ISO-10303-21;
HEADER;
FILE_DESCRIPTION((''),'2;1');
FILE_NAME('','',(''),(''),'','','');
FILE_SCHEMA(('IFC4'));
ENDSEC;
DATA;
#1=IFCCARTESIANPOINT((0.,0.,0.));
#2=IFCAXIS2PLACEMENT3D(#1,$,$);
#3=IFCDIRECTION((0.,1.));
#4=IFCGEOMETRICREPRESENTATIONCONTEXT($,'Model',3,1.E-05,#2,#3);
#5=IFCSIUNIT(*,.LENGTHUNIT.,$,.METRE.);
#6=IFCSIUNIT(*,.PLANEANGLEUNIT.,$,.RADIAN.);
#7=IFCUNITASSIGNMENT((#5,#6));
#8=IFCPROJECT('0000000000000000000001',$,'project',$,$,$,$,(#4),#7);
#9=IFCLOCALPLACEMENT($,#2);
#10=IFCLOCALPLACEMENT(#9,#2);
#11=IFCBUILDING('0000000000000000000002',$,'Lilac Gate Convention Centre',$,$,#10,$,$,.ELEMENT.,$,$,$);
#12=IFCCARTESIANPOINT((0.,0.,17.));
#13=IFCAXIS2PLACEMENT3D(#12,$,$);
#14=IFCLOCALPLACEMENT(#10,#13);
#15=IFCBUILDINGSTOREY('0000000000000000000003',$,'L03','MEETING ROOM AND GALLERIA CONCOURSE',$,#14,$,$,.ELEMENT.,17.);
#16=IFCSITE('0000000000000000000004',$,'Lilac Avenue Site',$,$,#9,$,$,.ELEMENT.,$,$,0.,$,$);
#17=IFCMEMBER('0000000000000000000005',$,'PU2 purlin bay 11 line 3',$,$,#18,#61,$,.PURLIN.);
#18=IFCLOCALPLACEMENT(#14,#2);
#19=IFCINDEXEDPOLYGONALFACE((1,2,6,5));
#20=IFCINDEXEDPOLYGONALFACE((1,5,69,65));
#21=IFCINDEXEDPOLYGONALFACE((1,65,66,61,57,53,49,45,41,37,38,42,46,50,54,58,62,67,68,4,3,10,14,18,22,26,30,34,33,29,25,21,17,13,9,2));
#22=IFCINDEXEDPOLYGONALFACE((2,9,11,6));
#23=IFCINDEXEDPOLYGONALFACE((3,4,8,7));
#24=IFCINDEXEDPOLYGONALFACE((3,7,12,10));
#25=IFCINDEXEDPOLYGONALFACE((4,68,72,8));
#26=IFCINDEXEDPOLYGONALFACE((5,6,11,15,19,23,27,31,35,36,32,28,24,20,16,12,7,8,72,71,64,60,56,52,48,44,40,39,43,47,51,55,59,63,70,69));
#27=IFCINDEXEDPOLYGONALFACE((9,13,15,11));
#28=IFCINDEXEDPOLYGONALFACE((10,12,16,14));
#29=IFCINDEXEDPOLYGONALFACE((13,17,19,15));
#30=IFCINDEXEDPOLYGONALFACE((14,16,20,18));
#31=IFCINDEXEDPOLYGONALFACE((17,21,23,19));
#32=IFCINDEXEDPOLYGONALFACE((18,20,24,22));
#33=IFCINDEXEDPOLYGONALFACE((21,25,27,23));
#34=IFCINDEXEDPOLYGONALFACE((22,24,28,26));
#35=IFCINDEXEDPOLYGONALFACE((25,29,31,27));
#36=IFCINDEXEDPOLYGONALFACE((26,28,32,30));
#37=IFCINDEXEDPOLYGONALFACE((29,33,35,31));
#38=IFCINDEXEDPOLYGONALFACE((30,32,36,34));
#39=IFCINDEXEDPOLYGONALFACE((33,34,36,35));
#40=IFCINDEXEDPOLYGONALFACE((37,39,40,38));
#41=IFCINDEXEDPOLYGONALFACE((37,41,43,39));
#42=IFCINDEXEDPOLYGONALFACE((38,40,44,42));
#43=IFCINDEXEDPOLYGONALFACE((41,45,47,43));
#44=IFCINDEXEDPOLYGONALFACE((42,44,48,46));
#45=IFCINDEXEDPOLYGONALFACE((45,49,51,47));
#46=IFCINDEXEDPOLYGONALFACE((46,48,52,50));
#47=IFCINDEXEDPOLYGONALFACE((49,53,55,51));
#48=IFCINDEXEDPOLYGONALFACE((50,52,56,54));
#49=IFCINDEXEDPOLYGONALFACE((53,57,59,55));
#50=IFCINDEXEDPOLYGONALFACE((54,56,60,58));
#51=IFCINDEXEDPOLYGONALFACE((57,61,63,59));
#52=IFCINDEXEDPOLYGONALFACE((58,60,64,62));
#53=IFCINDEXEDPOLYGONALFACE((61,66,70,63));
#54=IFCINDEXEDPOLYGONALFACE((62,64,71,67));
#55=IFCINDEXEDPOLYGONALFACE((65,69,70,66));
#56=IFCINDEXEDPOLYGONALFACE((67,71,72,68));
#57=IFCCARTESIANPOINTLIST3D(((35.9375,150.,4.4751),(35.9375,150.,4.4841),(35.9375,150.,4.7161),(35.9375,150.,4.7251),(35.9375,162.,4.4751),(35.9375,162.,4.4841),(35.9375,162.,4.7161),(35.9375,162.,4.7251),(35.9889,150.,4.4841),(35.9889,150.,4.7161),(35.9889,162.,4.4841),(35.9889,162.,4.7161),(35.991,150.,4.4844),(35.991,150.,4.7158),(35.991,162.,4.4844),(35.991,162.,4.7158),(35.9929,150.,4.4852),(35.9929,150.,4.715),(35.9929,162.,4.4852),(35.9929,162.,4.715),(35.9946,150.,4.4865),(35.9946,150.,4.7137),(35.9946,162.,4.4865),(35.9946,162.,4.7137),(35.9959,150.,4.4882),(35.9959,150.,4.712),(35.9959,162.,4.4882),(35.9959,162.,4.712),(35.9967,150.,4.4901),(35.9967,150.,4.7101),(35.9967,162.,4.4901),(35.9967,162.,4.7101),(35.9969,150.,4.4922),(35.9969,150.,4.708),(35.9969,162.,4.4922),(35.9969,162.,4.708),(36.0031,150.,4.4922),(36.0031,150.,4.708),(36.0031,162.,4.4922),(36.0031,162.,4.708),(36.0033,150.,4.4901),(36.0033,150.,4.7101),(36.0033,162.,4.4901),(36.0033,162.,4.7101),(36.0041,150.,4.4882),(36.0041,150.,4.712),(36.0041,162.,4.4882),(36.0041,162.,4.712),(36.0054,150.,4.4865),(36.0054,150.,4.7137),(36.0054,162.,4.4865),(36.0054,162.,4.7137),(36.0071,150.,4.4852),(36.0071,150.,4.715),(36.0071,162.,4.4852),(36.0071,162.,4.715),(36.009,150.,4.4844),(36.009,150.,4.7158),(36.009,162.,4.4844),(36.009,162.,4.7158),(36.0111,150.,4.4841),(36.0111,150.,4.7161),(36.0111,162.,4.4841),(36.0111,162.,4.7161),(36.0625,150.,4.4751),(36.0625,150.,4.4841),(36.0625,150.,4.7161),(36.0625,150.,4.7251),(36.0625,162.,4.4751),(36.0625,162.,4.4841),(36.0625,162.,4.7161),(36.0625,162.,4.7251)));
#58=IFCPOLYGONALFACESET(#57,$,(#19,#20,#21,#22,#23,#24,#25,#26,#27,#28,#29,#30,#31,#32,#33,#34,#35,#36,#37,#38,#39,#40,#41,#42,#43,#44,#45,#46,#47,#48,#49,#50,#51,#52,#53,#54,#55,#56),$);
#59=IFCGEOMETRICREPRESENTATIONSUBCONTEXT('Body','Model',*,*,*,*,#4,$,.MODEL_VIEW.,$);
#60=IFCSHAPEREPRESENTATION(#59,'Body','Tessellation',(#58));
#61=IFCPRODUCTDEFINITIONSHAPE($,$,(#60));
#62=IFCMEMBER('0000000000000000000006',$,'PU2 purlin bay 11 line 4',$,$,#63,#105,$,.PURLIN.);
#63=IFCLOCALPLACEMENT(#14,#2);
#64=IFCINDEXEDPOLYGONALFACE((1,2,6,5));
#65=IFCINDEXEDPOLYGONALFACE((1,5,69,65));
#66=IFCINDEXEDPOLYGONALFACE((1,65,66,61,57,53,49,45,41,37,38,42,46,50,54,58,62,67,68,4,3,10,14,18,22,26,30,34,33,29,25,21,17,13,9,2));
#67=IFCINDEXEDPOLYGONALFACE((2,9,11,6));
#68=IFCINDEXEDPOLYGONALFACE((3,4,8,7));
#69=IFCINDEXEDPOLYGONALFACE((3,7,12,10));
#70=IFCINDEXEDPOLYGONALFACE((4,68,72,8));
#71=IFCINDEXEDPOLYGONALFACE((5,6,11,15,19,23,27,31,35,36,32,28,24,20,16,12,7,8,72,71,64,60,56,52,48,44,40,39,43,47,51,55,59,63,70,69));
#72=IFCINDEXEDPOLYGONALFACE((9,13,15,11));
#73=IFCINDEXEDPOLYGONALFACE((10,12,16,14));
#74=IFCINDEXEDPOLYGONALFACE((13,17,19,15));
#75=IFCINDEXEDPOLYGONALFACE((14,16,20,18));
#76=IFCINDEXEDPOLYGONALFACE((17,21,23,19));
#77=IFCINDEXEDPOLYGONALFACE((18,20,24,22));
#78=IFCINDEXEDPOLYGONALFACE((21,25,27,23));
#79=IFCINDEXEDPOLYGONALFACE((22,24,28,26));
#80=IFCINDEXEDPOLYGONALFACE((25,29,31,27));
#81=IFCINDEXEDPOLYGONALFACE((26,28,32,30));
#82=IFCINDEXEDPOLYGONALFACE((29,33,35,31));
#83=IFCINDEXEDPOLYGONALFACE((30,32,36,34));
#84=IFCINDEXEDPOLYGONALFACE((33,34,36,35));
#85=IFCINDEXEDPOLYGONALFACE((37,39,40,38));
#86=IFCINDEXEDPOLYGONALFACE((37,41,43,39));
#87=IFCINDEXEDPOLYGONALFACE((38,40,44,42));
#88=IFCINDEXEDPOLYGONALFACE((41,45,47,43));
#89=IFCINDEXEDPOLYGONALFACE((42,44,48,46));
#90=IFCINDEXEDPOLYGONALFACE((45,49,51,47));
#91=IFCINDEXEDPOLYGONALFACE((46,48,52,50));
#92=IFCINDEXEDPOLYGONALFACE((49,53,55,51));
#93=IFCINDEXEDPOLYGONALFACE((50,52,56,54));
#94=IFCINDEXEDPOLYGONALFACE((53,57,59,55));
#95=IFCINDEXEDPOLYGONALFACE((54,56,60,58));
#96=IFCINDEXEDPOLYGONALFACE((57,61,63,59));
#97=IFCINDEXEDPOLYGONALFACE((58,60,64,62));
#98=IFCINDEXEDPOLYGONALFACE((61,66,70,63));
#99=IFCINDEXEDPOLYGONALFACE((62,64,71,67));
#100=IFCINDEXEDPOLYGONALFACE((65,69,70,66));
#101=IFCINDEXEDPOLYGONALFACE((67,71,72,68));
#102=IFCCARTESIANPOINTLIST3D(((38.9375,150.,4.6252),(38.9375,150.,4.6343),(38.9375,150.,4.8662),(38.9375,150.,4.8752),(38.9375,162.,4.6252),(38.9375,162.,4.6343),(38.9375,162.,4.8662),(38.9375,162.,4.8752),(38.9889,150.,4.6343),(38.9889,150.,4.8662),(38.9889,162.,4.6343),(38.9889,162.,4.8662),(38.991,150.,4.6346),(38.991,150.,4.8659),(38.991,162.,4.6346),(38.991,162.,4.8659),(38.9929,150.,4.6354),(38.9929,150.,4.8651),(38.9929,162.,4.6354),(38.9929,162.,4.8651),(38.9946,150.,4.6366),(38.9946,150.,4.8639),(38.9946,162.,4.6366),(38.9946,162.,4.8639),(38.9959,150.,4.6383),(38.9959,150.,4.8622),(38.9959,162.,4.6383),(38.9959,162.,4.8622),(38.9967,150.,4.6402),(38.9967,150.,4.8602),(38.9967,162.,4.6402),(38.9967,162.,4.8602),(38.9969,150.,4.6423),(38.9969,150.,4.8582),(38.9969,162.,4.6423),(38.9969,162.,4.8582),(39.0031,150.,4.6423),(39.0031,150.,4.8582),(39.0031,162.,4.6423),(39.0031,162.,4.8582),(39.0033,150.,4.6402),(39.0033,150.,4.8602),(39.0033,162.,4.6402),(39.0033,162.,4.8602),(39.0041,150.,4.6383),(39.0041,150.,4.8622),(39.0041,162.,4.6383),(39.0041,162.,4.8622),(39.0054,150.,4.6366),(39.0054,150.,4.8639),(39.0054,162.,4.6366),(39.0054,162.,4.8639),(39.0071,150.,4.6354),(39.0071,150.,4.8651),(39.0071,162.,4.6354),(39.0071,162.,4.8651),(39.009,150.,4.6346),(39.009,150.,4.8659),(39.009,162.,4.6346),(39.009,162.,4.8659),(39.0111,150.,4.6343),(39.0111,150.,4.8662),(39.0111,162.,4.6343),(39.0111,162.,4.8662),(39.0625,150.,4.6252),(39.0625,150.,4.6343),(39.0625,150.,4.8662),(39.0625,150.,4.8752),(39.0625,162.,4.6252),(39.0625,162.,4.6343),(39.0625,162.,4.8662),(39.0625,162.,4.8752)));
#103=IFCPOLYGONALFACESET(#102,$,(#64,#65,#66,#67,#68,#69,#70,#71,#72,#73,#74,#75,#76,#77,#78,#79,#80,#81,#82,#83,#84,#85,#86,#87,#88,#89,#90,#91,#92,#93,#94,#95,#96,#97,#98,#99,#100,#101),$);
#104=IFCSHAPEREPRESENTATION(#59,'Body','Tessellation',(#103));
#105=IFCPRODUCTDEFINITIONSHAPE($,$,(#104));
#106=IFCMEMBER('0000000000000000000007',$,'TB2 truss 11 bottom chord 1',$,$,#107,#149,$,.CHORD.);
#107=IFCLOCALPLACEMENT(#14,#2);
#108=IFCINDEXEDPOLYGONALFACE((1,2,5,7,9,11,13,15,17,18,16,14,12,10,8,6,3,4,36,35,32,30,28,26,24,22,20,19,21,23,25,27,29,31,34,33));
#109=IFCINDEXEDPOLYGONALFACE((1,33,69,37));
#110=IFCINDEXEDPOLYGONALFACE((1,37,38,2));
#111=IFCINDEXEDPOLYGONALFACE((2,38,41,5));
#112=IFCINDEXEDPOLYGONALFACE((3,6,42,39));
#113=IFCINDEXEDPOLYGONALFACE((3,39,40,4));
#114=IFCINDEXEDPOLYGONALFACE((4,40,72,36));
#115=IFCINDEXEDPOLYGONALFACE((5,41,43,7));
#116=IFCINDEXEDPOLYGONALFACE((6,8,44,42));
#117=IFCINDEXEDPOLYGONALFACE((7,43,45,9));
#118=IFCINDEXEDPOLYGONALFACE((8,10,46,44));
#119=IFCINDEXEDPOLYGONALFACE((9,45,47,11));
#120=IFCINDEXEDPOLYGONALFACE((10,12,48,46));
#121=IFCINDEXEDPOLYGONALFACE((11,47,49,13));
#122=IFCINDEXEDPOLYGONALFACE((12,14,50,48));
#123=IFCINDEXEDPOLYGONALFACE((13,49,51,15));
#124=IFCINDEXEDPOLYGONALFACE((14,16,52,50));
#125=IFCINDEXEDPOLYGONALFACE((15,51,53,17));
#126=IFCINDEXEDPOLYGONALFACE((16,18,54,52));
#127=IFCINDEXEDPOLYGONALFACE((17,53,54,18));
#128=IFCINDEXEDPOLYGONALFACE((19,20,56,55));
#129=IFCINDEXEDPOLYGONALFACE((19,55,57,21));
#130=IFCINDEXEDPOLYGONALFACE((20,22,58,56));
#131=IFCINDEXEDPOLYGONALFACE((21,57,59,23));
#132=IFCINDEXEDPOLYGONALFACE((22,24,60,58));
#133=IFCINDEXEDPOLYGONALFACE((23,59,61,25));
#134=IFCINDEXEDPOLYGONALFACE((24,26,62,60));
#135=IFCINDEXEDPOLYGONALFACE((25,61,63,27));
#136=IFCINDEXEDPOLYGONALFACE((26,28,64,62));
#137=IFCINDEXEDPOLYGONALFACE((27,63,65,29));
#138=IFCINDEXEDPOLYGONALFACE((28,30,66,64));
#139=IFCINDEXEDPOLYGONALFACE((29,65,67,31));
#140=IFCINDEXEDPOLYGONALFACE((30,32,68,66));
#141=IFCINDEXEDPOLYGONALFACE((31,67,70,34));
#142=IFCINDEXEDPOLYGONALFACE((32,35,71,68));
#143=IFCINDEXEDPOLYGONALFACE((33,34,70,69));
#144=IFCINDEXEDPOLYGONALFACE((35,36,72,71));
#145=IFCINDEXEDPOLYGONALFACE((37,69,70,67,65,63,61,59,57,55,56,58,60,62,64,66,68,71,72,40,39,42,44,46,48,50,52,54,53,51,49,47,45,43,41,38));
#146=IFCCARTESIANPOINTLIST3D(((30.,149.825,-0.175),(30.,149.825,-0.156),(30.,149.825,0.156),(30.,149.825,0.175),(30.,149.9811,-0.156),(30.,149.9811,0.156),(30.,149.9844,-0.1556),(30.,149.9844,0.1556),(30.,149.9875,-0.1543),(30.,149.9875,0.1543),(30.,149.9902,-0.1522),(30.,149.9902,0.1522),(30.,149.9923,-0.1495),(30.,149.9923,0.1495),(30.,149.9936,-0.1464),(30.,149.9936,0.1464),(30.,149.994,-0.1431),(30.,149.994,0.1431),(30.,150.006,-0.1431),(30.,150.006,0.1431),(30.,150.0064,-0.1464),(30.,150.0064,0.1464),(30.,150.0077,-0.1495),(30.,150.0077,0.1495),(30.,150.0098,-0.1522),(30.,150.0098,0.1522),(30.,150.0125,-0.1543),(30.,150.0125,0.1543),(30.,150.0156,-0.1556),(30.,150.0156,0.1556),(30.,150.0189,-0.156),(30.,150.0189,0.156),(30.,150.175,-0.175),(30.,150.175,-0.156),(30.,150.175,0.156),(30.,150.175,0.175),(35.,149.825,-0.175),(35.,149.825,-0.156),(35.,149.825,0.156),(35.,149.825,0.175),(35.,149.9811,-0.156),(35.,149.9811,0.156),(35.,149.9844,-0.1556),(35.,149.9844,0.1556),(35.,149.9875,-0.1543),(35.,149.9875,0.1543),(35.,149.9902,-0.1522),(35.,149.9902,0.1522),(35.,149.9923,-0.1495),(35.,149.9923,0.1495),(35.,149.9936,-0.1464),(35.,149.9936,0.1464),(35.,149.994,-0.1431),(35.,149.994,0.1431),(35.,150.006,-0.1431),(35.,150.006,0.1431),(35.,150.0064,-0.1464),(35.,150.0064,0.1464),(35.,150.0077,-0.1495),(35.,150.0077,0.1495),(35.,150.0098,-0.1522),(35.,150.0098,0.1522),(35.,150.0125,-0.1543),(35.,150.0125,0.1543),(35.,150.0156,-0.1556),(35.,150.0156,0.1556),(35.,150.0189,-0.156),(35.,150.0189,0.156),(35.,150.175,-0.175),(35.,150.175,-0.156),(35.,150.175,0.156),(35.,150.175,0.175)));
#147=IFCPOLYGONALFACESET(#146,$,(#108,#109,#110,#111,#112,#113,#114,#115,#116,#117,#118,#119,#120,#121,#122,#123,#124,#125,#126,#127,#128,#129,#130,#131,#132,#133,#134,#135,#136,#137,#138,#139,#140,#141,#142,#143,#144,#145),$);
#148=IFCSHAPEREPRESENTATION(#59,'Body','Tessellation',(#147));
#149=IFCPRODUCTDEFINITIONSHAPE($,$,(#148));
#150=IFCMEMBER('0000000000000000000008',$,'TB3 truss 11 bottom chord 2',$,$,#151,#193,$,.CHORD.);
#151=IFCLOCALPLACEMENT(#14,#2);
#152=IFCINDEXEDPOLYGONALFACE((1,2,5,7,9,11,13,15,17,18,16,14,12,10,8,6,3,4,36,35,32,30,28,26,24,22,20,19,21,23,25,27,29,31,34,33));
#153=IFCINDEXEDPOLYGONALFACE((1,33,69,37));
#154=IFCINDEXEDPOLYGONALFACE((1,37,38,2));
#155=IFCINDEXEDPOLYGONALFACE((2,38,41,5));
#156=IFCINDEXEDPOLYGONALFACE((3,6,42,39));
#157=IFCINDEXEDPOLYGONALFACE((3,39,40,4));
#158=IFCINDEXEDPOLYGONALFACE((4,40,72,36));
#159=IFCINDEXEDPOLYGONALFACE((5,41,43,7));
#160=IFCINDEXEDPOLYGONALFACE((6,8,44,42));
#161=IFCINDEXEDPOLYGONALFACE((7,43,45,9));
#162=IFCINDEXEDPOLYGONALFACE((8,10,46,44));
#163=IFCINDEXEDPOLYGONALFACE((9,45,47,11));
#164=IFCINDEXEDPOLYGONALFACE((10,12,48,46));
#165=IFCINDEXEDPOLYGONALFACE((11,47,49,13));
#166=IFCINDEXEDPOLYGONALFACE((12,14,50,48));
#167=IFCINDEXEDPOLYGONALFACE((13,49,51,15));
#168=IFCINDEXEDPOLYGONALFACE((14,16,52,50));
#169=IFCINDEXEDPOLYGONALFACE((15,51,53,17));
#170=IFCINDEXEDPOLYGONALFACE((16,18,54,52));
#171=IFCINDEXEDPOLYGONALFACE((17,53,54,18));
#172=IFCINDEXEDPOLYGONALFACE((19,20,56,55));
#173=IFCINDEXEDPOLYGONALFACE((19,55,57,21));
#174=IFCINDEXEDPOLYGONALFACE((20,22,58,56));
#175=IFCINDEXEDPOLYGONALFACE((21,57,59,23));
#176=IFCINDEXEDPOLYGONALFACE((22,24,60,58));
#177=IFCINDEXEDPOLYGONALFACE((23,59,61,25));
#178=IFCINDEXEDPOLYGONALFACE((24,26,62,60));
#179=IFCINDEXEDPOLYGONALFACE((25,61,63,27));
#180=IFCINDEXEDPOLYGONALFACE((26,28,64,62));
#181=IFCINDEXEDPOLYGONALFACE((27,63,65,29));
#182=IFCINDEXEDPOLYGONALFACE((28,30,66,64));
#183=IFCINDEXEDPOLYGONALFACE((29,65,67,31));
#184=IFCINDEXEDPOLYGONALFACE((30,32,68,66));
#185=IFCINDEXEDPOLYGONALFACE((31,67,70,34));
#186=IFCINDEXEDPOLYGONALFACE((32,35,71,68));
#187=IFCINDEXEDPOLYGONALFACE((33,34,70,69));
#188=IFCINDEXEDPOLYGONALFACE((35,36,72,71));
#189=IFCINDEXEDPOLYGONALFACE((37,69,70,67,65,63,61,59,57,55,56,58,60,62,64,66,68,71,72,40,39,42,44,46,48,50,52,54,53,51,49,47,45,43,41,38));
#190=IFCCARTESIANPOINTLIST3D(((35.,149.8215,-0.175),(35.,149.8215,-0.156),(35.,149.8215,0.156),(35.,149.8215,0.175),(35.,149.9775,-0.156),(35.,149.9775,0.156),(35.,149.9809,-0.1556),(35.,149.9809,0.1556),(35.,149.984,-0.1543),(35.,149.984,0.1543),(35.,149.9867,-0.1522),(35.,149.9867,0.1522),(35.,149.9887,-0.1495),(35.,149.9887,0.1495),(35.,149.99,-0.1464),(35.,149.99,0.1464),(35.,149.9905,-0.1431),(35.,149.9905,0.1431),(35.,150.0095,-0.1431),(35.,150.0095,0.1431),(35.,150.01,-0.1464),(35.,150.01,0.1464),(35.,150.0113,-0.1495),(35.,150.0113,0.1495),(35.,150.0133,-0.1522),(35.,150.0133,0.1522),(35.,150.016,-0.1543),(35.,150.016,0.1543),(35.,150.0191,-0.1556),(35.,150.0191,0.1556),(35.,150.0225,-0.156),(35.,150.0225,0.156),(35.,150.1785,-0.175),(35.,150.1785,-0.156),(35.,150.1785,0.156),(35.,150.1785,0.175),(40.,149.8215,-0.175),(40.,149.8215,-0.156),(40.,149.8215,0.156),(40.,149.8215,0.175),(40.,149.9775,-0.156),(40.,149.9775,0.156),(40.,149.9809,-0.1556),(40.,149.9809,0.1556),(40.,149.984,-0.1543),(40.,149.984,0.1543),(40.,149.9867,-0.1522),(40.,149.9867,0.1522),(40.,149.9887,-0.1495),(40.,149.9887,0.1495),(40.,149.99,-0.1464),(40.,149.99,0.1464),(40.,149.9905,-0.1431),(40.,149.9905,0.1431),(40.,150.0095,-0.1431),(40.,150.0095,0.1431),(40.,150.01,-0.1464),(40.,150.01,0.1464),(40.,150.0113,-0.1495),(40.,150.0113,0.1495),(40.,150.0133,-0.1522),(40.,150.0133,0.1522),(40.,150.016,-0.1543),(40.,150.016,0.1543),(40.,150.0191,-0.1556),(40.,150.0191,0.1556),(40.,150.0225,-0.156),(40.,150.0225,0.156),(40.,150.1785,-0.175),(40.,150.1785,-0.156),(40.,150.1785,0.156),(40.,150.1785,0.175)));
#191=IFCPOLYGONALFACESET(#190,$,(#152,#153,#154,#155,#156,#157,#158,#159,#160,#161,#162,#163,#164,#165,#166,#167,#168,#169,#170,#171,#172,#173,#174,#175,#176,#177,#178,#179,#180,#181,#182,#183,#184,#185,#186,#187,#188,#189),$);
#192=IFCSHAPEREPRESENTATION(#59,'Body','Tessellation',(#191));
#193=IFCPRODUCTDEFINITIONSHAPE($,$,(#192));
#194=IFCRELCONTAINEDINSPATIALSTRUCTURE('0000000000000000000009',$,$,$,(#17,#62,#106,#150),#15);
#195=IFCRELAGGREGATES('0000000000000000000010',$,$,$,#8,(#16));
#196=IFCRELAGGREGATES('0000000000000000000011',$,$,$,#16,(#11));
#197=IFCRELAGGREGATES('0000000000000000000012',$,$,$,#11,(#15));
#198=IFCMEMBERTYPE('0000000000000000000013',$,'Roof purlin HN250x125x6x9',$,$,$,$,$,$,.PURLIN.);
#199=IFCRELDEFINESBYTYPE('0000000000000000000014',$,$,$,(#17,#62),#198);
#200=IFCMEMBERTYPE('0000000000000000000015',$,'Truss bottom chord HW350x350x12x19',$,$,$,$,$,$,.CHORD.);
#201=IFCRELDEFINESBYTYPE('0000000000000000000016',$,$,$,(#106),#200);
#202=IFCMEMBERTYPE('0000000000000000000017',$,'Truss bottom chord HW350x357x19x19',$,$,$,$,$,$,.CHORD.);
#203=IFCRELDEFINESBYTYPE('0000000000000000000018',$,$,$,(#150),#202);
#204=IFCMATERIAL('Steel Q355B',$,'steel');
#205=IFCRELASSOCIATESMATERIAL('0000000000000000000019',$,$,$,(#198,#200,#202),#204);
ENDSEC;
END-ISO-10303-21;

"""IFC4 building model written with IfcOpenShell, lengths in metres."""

from ifc_helpers import new_model, si_unit, direction, frame, origin, origin_2d, place, context, subcontext, project, spatial, i_section, extrude, material, material_profile, profile_set, type_object, element, save


model = new_model("IFC4")

# Units and contexts
model_context = context("Model", 3, precision=1e-05, world=origin(), true_north=direction((0.0, 1.0)))
body_context = subcontext(model_context, "Body", "Model", "MODEL_VIEW")
ifc_project = project(units=[si_unit("LENGTHUNIT", "METRE"), si_unit("PLANEANGLEUNIT", "RADIAN")], contexts=[model_context])

# Site, building, storey
site_placement = place(None, origin())
site = spatial("IfcSite", under=ifc_project, at=site_placement, Name="Lilac Avenue Site", CompositionType="ELEMENT", RefElevation=0.0)
building_placement = place(site_placement, origin())
building = spatial("IfcBuilding", under=site, at=building_placement, Name="Lilac Gate Convention Centre", CompositionType="ELEMENT")
storey_placement = place(building_placement, frame((0.0, 0.0, 17.0)))
storey = spatial("IfcBuildingStorey", under=building, at=storey_placement, Name="L03", Description="MEETING ROOM AND GALLERIA CONCOURSE", CompositionType="ELEMENT", Elevation=17.0)

# Members
ifc_material = material(Name="Steel Q355B", Category="steel")
ifc_material_profile_1 = material_profile(ifc_material, i_section(OverallWidth=0.125, OverallDepth=0.25, WebThickness=0.0061, FlangeThickness=0.009, FilletRadius=0.0081, at=origin_2d()), Name="HN250x125x6x9")
ifc_profile_set_1 = profile_set([ifc_material_profile_1], Name="Steel Q355B")
member_type_1 = type_object("IfcMemberType", Name="Roof purlin HN250x125x6x9", PredefinedType="PURLIN", material=ifc_profile_set_1)
for number, where, z_axis, x_axis, name in (
    (1, (36.0, 150.0, 4.6001), (0.0, 1.0, 0.0), (-1.0, 0.0, 0.0), "PU2 purlin bay 11 line 3"),
    (2, (39.0, 150.0, 4.7502), (0.0, 1.0, 0.0), (-1.0, 0.0, 0.0), "PU2 purlin bay 11 line 4"),
):
    element("IfcMember", number, at=place(storey_placement, frame(where, z_axis=z_axis, x_axis=x_axis)), inside=storey, type_object=member_type_1, Name=name, PredefinedType="PURLIN", context=body_context, shape_type="SweptSolid", body=[
        extrude(i_section(OverallWidth=0.125, OverallDepth=0.25, WebThickness=0.0061, FlangeThickness=0.009, FilletRadius=0.0081, at=origin_2d()), origin(), (0.0, 0.0, 1.0), 12.0),
    ])
ifc_material_profile_2 = material_profile(ifc_material, i_section(OverallWidth=0.3501, OverallDepth=0.3501, WebThickness=0.012, FlangeThickness=0.019, FilletRadius=0.0129, at=origin_2d()), Name="HW350x350x12x19")
ifc_profile_set_2 = profile_set([ifc_material_profile_2], Name="Steel Q355B")
member_type_2 = type_object("IfcMemberType", Name="Truss bottom chord HW350x350x12x19", PredefinedType="CHORD", material=ifc_profile_set_2)
member_1_placement = place(storey_placement, frame((30.0, 150.0, 0.0), z_axis=(1.0, 0.0, 0.0), x_axis=(0.0, 1.0, 0.0)))
element("IfcMember", 3, at=member_1_placement, inside=storey, type_object=member_type_2, Name="TB2 truss 11 bottom chord 1", PredefinedType="CHORD", context=body_context, shape_type="SweptSolid", body=[
    extrude(i_section(OverallWidth=0.3501, OverallDepth=0.3501, WebThickness=0.012, FlangeThickness=0.019, FilletRadius=0.0129, at=origin_2d()), origin(), (0.0, 0.0, 1.0), 5.0),
])
ifc_material_profile_3 = material_profile(ifc_material, i_section(OverallWidth=0.3569, OverallDepth=0.3501, WebThickness=0.019, FlangeThickness=0.019, FilletRadius=0.0129, at=origin_2d()), Name="HW350x357x19x19")
ifc_profile_set_3 = profile_set([ifc_material_profile_3], Name="Steel Q355B")
member_type_3 = type_object("IfcMemberType", Name="Truss bottom chord HW350x357x19x19", PredefinedType="CHORD", material=ifc_profile_set_3)
member_2_placement = place(storey_placement, frame((35.0, 150.0, 0.0), z_axis=(1.0, 0.0, 0.0), x_axis=(0.0, 1.0, 0.0)))
element("IfcMember", 4, at=member_2_placement, inside=storey, type_object=member_type_3, Name="TB3 truss 11 bottom chord 2", PredefinedType="CHORD", context=body_context, shape_type="SweptSolid", body=[
    extrude(i_section(OverallWidth=0.3569, OverallDepth=0.3501, WebThickness=0.019, FlangeThickness=0.019, FilletRadius=0.0129, at=origin_2d()), origin(), (0.0, 0.0, 1.0), 5.0),
])

save(model, "model.ifc")
